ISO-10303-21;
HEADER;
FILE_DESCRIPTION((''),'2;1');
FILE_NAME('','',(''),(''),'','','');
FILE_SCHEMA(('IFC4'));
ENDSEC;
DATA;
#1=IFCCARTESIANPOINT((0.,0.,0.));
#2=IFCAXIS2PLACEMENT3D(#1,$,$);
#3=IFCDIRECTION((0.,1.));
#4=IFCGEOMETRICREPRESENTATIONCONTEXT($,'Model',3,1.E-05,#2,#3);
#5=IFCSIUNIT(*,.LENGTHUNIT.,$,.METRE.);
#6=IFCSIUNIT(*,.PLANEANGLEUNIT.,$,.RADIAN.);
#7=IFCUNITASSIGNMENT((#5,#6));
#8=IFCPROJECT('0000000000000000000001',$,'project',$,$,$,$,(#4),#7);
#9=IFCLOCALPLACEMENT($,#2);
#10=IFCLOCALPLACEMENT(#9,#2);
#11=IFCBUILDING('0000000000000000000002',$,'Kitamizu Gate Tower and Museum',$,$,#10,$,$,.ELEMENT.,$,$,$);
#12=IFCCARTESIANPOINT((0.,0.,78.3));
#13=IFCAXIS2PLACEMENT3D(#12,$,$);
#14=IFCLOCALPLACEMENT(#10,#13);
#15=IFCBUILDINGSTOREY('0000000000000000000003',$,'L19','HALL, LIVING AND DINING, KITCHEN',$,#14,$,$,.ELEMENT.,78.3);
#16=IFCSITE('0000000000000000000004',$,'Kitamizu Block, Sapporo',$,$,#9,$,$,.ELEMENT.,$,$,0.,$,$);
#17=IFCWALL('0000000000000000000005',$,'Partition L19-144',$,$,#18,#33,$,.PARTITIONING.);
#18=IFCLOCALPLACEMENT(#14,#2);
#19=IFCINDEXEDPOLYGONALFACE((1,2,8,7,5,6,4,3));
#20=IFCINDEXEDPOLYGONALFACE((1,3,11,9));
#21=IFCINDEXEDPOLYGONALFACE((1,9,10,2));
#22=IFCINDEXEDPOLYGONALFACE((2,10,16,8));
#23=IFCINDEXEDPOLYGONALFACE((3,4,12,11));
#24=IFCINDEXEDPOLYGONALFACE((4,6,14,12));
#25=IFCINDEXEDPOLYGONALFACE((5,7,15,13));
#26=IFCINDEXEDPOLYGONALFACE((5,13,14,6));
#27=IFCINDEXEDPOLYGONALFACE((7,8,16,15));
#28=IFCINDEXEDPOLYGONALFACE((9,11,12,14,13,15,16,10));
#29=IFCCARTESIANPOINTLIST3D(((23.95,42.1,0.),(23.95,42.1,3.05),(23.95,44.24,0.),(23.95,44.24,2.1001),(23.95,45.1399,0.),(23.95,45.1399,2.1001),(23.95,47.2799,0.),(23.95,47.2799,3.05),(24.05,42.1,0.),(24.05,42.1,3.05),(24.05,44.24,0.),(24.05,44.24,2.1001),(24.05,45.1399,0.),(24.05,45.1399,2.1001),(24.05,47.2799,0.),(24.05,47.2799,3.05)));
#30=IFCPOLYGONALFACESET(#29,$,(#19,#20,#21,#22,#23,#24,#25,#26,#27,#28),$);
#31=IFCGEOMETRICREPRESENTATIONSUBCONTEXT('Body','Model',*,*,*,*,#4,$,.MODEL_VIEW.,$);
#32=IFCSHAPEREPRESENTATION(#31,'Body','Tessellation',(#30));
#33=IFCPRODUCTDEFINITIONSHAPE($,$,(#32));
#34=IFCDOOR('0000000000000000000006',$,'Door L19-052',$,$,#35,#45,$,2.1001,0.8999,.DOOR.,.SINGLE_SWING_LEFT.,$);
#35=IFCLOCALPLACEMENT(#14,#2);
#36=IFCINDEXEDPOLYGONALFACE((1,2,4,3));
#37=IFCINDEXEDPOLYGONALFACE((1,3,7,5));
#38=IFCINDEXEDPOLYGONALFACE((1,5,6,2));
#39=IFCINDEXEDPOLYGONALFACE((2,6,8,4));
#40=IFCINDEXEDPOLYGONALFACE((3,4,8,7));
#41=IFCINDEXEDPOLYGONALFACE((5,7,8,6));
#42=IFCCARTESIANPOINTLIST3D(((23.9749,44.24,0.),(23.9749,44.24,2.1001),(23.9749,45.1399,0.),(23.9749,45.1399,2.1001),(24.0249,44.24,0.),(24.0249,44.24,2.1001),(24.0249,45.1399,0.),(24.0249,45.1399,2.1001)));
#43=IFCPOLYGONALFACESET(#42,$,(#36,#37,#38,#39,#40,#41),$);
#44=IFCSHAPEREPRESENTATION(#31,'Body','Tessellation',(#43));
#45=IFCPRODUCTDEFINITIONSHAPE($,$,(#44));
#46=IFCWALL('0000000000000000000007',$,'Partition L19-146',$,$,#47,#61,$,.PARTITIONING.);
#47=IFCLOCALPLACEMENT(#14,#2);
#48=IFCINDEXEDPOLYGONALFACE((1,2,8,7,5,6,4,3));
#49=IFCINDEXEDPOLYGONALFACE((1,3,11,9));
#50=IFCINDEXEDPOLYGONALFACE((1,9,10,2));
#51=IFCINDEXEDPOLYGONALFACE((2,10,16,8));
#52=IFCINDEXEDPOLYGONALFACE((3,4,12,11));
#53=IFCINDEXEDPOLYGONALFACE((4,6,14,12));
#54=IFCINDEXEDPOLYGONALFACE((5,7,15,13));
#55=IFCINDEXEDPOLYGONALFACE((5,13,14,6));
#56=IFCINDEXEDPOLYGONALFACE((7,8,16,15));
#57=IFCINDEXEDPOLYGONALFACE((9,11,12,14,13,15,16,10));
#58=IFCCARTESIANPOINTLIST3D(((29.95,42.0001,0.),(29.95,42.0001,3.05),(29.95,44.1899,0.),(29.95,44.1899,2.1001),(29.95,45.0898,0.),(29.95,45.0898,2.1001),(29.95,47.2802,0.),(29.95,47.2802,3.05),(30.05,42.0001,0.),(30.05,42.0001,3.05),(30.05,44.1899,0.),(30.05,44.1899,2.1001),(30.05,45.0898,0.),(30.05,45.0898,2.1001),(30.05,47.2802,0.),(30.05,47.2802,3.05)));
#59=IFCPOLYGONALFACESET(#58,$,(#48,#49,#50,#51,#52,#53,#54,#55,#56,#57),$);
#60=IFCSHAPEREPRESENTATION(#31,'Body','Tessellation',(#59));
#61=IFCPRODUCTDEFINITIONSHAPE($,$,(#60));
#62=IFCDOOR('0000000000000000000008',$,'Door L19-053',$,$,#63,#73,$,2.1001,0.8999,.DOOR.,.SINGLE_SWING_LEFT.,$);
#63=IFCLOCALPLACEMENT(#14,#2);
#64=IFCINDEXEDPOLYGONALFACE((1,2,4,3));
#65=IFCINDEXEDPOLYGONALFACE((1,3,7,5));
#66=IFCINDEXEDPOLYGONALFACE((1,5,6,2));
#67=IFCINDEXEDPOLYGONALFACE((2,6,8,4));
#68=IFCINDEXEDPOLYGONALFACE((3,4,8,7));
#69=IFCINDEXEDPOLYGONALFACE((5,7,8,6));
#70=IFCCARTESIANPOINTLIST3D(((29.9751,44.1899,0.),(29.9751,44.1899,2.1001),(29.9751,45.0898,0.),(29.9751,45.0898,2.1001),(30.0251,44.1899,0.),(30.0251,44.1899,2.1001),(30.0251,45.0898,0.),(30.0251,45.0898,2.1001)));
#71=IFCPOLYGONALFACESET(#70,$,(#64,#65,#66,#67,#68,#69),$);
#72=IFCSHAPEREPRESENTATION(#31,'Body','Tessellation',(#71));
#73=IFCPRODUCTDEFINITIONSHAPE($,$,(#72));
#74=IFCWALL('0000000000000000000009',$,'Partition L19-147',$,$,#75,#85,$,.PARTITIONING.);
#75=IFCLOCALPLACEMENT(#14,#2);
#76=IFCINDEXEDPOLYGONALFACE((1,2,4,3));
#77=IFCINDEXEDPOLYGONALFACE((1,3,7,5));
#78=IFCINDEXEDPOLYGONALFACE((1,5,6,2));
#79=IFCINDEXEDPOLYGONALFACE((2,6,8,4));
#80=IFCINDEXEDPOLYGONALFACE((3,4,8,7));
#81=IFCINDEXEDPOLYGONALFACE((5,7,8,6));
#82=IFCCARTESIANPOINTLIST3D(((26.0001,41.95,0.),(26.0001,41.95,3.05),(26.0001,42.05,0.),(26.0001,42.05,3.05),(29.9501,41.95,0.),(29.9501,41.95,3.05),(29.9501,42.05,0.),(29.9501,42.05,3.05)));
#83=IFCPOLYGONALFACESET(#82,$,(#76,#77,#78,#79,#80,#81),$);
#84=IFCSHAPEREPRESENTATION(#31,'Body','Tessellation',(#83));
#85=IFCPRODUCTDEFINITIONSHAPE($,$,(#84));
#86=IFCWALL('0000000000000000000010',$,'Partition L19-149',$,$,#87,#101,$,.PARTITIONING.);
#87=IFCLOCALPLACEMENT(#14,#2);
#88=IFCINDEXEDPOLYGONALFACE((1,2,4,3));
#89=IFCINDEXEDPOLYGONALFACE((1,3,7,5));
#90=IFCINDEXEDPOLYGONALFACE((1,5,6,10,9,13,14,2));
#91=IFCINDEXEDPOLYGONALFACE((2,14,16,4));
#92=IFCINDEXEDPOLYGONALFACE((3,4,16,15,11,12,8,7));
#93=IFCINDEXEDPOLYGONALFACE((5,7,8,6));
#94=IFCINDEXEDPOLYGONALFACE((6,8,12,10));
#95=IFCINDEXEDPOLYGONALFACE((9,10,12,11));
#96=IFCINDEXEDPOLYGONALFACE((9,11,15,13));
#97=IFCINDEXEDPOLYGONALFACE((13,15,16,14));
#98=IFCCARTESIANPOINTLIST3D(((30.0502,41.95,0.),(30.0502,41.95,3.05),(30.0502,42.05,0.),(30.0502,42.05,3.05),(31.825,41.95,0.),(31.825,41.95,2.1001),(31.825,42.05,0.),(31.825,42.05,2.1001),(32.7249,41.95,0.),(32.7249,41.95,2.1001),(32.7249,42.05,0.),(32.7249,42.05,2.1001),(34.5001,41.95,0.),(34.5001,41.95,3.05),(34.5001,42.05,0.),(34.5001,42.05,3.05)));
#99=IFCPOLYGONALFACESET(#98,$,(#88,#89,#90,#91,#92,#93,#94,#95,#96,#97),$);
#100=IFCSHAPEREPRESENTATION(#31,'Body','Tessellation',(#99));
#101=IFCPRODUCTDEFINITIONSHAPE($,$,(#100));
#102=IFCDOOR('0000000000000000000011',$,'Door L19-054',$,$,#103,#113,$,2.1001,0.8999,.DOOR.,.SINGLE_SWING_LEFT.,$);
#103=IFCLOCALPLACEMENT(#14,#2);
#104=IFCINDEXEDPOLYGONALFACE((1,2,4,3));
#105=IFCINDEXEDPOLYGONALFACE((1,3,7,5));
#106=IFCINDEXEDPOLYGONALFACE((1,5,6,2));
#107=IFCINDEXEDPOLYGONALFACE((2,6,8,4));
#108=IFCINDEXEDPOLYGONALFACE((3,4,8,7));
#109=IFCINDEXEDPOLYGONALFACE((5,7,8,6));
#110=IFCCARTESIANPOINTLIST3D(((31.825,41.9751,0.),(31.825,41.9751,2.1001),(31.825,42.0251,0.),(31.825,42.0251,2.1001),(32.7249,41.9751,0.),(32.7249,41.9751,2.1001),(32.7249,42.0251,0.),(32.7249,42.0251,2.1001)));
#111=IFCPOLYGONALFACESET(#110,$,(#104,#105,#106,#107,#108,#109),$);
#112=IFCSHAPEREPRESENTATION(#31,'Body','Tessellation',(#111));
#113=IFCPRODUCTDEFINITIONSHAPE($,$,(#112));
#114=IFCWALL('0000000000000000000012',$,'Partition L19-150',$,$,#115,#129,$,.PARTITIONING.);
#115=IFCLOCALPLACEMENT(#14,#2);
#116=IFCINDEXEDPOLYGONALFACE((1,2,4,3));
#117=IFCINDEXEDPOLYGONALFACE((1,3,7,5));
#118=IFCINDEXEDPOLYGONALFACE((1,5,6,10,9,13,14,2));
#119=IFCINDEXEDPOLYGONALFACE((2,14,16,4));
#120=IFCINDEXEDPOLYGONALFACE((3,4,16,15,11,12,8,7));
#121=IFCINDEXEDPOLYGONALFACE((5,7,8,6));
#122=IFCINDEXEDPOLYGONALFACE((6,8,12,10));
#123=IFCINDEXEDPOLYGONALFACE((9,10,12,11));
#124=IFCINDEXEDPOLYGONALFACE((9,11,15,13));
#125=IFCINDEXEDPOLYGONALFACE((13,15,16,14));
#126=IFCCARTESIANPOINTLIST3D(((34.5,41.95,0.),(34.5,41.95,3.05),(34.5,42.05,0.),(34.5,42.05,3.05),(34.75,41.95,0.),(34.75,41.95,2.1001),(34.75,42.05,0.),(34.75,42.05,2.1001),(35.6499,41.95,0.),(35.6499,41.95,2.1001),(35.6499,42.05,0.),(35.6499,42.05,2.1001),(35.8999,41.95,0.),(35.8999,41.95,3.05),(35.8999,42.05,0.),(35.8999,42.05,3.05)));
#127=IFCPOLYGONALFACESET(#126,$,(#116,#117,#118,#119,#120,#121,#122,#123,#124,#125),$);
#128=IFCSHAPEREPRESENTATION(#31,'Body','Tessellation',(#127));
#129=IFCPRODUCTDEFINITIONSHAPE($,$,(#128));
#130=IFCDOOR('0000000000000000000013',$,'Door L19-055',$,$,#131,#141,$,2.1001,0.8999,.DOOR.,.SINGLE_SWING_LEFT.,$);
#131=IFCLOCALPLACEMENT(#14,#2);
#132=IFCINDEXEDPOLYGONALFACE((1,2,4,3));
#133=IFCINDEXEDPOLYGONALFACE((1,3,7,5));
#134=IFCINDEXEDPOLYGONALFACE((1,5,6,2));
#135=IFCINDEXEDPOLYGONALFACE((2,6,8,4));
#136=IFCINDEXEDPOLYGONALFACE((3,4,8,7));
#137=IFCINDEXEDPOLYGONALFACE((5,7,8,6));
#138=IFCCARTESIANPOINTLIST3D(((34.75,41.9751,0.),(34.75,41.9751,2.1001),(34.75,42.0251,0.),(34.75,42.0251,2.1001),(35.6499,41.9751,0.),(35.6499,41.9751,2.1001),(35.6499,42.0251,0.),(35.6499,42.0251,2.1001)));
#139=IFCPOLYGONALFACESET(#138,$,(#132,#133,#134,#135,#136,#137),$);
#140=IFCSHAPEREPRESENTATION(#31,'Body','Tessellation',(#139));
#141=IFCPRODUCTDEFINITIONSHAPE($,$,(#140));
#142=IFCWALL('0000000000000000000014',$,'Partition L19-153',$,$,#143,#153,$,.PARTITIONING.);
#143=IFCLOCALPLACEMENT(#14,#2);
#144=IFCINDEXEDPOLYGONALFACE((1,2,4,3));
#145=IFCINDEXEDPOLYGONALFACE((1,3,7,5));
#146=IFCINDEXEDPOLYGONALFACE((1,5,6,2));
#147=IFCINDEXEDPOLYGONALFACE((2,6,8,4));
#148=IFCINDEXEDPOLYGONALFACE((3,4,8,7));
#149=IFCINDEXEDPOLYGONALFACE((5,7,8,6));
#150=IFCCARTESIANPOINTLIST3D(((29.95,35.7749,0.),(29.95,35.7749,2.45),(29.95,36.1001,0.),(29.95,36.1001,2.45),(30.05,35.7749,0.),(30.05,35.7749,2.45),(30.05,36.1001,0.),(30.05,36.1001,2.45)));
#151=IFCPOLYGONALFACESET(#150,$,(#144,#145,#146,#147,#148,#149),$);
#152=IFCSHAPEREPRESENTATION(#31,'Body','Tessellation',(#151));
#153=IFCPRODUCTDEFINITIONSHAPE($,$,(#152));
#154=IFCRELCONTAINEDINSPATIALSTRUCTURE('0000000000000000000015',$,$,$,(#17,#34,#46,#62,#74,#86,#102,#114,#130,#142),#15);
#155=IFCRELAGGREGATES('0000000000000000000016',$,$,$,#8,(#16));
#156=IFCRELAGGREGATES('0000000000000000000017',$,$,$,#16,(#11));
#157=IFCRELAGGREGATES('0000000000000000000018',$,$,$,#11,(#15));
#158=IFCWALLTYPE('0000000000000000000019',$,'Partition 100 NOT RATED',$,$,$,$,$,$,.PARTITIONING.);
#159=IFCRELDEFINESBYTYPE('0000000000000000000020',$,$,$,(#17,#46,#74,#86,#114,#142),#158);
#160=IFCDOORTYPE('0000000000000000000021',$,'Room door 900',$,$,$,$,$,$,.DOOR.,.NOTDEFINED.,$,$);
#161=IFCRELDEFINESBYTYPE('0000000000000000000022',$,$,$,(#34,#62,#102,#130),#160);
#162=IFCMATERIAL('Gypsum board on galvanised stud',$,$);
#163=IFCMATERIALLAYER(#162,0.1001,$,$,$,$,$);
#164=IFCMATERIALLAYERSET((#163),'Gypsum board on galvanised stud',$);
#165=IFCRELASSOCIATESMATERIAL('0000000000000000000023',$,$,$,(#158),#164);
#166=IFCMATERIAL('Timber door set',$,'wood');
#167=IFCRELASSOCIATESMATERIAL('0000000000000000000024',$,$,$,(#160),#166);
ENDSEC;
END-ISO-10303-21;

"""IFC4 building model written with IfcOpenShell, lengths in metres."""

from ifc_helpers import new_model, si_unit, direction, frame, frame_2d, origin, place, context, subcontext, project, spatial, rectangle, extrude, material, layer, layer_set, type_object, element, fill, save


model = new_model("IFC4")

# Units and contexts
model_context = context("Model", 3, precision=1e-05, world=origin(), true_north=direction((0.0, 1.0)))
body_context = subcontext(model_context, "Body", "Model", "MODEL_VIEW")
ifc_project = project(units=[si_unit("LENGTHUNIT", "METRE"), si_unit("PLANEANGLEUNIT", "RADIAN")], contexts=[model_context])

# Site, building, storey
site_placement = place(None, origin())
site = spatial("IfcSite", under=ifc_project, at=site_placement, Name="Kitamizu Block, Sapporo", CompositionType="ELEMENT", RefElevation=0.0)
building_placement = place(site_placement, origin())
building = spatial("IfcBuilding", under=site, at=building_placement, Name="Kitamizu Gate Tower and Museum", CompositionType="ELEMENT")
storey_placement = place(building_placement, frame((0.0, 0.0, 78.3)))
storey = spatial("IfcBuildingStorey", under=building, at=storey_placement, Name="L19", Description="HALL, LIVING AND DINING, KITCHEN", CompositionType="ELEMENT", Elevation=78.3)

# Walls, openings, doors
ifc_material_1 = material(Name="Gypsum board on galvanised stud")
ifc_layer_1 = layer(ifc_material_1, 0.1001)
ifc_layer_set_1 = layer_set([ifc_layer_1], Name="Gypsum board on galvanised stud")
wall_type_1 = type_object("IfcWallType", Name="Partition 100 NOT RATED", PredefinedType="PARTITIONING", material=ifc_layer_set_1)
wall_1_placement = place(storey_placement, frame((24.0, 42.1001, 0.0), z_axis=(0.0, 0.0, 1.0), x_axis=(0.0, 1.0, 0.0)))
wall_1 = element("IfcWall", 1, at=wall_1_placement, inside=storey, type_object=wall_type_1, Name="Partition L19-144", PredefinedType="PARTITIONING", context=body_context, shape_type="SweptSolid", body=[
    extrude(rectangle(XDim=5.1799, YDim=0.1001, at=frame_2d((2.5898, 0.0))), origin(), (0.0, 0.0, 1.0), 3.05),
])
opening_1_placement = place(wall_1_placement, frame((2.1399, 0.0, 0.0)))
opening_1 = element("IfcOpeningElement", 2, at=opening_1_placement, cuts=wall_1, PredefinedType="OPENING", context=body_context, shape_type="SweptSolid", body=[
    extrude(rectangle(XDim=0.8999, YDim=2.1001, at=frame_2d((0.45, 1.05))), frame((0.0, 0.0601, 0.0), z_axis=(0.0, -1.0, 0.0), x_axis=(1.0, 0.0, 0.0)), (0.0, 0.0, 1.0), 0.1201),
])
ifc_material_2 = material(Name="Timber door set", Category="wood")
door_type_1 = type_object("IfcDoorType", Name="Room door 900", OperationType="NOTDEFINED", PredefinedType="DOOR", material=ifc_material_2)
door_1_placement = place(opening_1_placement, frame((0.8999, 0.0, 0.0), x_axis=(-1.0, 0.0, 0.0)))
door_1 = element("IfcDoor", 3, at=door_1_placement, inside=storey, type_object=door_type_1, Name="Door L19-052", OperationType="SINGLE_SWING_LEFT", OverallHeight=2.1001, OverallWidth=0.8999, PredefinedType="DOOR", context=body_context, shape_type="SweptSolid", body=[
    extrude(rectangle(XDim=0.8999, YDim=2.1001, at=frame_2d((0.45, 1.05))), frame((0.0, 0.0249, 0.0), z_axis=(0.0, -1.0, 0.0), x_axis=(1.0, 0.0, 0.0)), (0.0, 0.0, 1.0), 0.05),
])
fill(opening_1, door_1)
wall_2_placement = place(storey_placement, frame((30.0, 42.0, 0.0), z_axis=(0.0, 0.0, 1.0), x_axis=(0.0, 1.0, 0.0)))
wall_2 = element("IfcWall", 4, at=wall_2_placement, inside=storey, type_object=wall_type_1, Name="Partition L19-146", PredefinedType="PARTITIONING", context=body_context, shape_type="SweptSolid", body=[
    extrude(rectangle(XDim=5.28, YDim=0.1001, at=frame_2d((2.6401, 0.0))), origin(), (0.0, 0.0, 1.0), 3.05),
])
opening_2_placement = place(wall_2_placement, frame((2.1899, 0.0, 0.0)))
opening_2 = element("IfcOpeningElement", 5, at=opening_2_placement, cuts=wall_2, PredefinedType="OPENING", context=body_context, shape_type="SweptSolid", body=[
    extrude(rectangle(XDim=0.8999, YDim=2.1001, at=frame_2d((0.45, 1.05))), frame((0.0, 0.0601, 0.0), z_axis=(0.0, -1.0, 0.0), x_axis=(1.0, 0.0, 0.0)), (0.0, 0.0, 1.0), 0.1201),
])
door_2_placement = place(opening_2_placement, origin())
door_2 = element("IfcDoor", 6, at=door_2_placement, inside=storey, type_object=door_type_1, Name="Door L19-053", OperationType="SINGLE_SWING_LEFT", OverallHeight=2.1001, OverallWidth=0.8999, PredefinedType="DOOR", context=body_context, shape_type="SweptSolid", body=[
    extrude(rectangle(XDim=0.8999, YDim=2.1001, at=frame_2d((0.45, 1.05))), frame((0.0, 0.0249, 0.0), z_axis=(0.0, -1.0, 0.0), x_axis=(1.0, 0.0, 0.0)), (0.0, 0.0, 1.0), 0.05),
])
fill(opening_2, door_2)

# Wall
wall_3_placement = place(storey_placement, frame((26.0, 42.0, 0.0), z_axis=(0.0, 0.0, 1.0), x_axis=(1.0, 0.0, 0.0)))
element("IfcWall", 7, at=wall_3_placement, inside=storey, type_object=wall_type_1, Name="Partition L19-147", PredefinedType="PARTITIONING", context=body_context, shape_type="SweptSolid", body=[
    extrude(rectangle(XDim=3.95, YDim=0.1001, at=frame_2d((1.9751, 0.0))), origin(), (0.0, 0.0, 1.0), 3.05),
])

# Walls, openings, doors
wall_4_placement = place(storey_placement, frame((30.05, 42.0, 0.0), z_axis=(0.0, 0.0, 1.0), x_axis=(1.0, 0.0, 0.0)))
wall_4 = element("IfcWall", 8, at=wall_4_placement, inside=storey, type_object=wall_type_1, Name="Partition L19-149", PredefinedType="PARTITIONING", context=body_context, shape_type="SweptSolid", body=[
    extrude(rectangle(XDim=4.45, YDim=0.1001, at=frame_2d((2.2251, 0.0))), origin(), (0.0, 0.0, 1.0), 3.05),
])
opening_3_placement = place(wall_4_placement, frame((1.7749, 0.0, 0.0)))
opening_3 = element("IfcOpeningElement", 9, at=opening_3_placement, cuts=wall_4, PredefinedType="OPENING", context=body_context, shape_type="SweptSolid", body=[
    extrude(rectangle(XDim=0.8999, YDim=2.1001, at=frame_2d((0.45, 1.05))), frame((0.0, 0.0601, 0.0), z_axis=(0.0, -1.0, 0.0), x_axis=(1.0, 0.0, 0.0)), (0.0, 0.0, 1.0), 0.1201),
])
door_3_placement = place(opening_3_placement, frame((0.8999, 0.0, 0.0), x_axis=(-1.0, 0.0, 0.0)))
door_3 = element("IfcDoor", 10, at=door_3_placement, inside=storey, type_object=door_type_1, Name="Door L19-054", OperationType="SINGLE_SWING_LEFT", OverallHeight=2.1001, OverallWidth=0.8999, PredefinedType="DOOR", context=body_context, shape_type="SweptSolid", body=[
    extrude(rectangle(XDim=0.8999, YDim=2.1001, at=frame_2d((0.45, 1.05))), frame((0.0, 0.0249, 0.0), z_axis=(0.0, -1.0, 0.0), x_axis=(1.0, 0.0, 0.0)), (0.0, 0.0, 1.0), 0.05),
])
fill(opening_3, door_3)
wall_5_placement = place(storey_placement, frame((34.5, 42.0, 0.0), z_axis=(0.0, 0.0, 1.0), x_axis=(1.0, 0.0, 0.0)))
wall_5 = element("IfcWall", 11, at=wall_5_placement, inside=storey, type_object=wall_type_1, Name="Partition L19-150", PredefinedType="PARTITIONING", context=body_context, shape_type="SweptSolid", body=[
    extrude(rectangle(XDim=1.3999, YDim=0.1001, at=frame_2d((0.7, 0.0))), origin(), (0.0, 0.0, 1.0), 3.05),
])
opening_4_placement = place(wall_5_placement, frame((0.25, 0.0, 0.0)))
opening_4 = element("IfcOpeningElement", 12, at=opening_4_placement, cuts=wall_5, PredefinedType="OPENING", context=body_context, shape_type="SweptSolid", body=[
    extrude(rectangle(XDim=0.8999, YDim=2.1001, at=frame_2d((0.45, 1.05))), frame((0.0, 0.0601, 0.0), z_axis=(0.0, -1.0, 0.0), x_axis=(1.0, 0.0, 0.0)), (0.0, 0.0, 1.0), 0.1201),
])
door_4_placement = place(opening_4_placement, frame((0.8999, 0.0, 0.0), x_axis=(-1.0, 0.0, 0.0)))
door_4 = element("IfcDoor", 13, at=door_4_placement, inside=storey, type_object=door_type_1, Name="Door L19-055", OperationType="SINGLE_SWING_LEFT", OverallHeight=2.1001, OverallWidth=0.8999, PredefinedType="DOOR", context=body_context, shape_type="SweptSolid", body=[
    extrude(rectangle(XDim=0.8999, YDim=2.1001, at=frame_2d((0.45, 1.05))), frame((0.0, 0.0249, 0.0), z_axis=(0.0, -1.0, 0.0), x_axis=(1.0, 0.0, 0.0)), (0.0, 0.0, 1.0), 0.05),
])
fill(opening_4, door_4)

# Wall
wall_6_placement = place(storey_placement, frame((30.0, 35.7749, 0.0), z_axis=(0.0, 0.0, 1.0), x_axis=(0.0, 1.0, 0.0)))
element("IfcWall", 14, at=wall_6_placement, inside=storey, type_object=wall_type_1, Name="Partition L19-153", PredefinedType="PARTITIONING", context=body_context, shape_type="SweptSolid", body=[
    extrude(rectangle(XDim=0.3252, YDim=0.1001, at=frame_2d((0.1626, 0.0))), origin(), (0.0, 0.0, 1.0), 2.45),
])

save(model, "model.ifc")
